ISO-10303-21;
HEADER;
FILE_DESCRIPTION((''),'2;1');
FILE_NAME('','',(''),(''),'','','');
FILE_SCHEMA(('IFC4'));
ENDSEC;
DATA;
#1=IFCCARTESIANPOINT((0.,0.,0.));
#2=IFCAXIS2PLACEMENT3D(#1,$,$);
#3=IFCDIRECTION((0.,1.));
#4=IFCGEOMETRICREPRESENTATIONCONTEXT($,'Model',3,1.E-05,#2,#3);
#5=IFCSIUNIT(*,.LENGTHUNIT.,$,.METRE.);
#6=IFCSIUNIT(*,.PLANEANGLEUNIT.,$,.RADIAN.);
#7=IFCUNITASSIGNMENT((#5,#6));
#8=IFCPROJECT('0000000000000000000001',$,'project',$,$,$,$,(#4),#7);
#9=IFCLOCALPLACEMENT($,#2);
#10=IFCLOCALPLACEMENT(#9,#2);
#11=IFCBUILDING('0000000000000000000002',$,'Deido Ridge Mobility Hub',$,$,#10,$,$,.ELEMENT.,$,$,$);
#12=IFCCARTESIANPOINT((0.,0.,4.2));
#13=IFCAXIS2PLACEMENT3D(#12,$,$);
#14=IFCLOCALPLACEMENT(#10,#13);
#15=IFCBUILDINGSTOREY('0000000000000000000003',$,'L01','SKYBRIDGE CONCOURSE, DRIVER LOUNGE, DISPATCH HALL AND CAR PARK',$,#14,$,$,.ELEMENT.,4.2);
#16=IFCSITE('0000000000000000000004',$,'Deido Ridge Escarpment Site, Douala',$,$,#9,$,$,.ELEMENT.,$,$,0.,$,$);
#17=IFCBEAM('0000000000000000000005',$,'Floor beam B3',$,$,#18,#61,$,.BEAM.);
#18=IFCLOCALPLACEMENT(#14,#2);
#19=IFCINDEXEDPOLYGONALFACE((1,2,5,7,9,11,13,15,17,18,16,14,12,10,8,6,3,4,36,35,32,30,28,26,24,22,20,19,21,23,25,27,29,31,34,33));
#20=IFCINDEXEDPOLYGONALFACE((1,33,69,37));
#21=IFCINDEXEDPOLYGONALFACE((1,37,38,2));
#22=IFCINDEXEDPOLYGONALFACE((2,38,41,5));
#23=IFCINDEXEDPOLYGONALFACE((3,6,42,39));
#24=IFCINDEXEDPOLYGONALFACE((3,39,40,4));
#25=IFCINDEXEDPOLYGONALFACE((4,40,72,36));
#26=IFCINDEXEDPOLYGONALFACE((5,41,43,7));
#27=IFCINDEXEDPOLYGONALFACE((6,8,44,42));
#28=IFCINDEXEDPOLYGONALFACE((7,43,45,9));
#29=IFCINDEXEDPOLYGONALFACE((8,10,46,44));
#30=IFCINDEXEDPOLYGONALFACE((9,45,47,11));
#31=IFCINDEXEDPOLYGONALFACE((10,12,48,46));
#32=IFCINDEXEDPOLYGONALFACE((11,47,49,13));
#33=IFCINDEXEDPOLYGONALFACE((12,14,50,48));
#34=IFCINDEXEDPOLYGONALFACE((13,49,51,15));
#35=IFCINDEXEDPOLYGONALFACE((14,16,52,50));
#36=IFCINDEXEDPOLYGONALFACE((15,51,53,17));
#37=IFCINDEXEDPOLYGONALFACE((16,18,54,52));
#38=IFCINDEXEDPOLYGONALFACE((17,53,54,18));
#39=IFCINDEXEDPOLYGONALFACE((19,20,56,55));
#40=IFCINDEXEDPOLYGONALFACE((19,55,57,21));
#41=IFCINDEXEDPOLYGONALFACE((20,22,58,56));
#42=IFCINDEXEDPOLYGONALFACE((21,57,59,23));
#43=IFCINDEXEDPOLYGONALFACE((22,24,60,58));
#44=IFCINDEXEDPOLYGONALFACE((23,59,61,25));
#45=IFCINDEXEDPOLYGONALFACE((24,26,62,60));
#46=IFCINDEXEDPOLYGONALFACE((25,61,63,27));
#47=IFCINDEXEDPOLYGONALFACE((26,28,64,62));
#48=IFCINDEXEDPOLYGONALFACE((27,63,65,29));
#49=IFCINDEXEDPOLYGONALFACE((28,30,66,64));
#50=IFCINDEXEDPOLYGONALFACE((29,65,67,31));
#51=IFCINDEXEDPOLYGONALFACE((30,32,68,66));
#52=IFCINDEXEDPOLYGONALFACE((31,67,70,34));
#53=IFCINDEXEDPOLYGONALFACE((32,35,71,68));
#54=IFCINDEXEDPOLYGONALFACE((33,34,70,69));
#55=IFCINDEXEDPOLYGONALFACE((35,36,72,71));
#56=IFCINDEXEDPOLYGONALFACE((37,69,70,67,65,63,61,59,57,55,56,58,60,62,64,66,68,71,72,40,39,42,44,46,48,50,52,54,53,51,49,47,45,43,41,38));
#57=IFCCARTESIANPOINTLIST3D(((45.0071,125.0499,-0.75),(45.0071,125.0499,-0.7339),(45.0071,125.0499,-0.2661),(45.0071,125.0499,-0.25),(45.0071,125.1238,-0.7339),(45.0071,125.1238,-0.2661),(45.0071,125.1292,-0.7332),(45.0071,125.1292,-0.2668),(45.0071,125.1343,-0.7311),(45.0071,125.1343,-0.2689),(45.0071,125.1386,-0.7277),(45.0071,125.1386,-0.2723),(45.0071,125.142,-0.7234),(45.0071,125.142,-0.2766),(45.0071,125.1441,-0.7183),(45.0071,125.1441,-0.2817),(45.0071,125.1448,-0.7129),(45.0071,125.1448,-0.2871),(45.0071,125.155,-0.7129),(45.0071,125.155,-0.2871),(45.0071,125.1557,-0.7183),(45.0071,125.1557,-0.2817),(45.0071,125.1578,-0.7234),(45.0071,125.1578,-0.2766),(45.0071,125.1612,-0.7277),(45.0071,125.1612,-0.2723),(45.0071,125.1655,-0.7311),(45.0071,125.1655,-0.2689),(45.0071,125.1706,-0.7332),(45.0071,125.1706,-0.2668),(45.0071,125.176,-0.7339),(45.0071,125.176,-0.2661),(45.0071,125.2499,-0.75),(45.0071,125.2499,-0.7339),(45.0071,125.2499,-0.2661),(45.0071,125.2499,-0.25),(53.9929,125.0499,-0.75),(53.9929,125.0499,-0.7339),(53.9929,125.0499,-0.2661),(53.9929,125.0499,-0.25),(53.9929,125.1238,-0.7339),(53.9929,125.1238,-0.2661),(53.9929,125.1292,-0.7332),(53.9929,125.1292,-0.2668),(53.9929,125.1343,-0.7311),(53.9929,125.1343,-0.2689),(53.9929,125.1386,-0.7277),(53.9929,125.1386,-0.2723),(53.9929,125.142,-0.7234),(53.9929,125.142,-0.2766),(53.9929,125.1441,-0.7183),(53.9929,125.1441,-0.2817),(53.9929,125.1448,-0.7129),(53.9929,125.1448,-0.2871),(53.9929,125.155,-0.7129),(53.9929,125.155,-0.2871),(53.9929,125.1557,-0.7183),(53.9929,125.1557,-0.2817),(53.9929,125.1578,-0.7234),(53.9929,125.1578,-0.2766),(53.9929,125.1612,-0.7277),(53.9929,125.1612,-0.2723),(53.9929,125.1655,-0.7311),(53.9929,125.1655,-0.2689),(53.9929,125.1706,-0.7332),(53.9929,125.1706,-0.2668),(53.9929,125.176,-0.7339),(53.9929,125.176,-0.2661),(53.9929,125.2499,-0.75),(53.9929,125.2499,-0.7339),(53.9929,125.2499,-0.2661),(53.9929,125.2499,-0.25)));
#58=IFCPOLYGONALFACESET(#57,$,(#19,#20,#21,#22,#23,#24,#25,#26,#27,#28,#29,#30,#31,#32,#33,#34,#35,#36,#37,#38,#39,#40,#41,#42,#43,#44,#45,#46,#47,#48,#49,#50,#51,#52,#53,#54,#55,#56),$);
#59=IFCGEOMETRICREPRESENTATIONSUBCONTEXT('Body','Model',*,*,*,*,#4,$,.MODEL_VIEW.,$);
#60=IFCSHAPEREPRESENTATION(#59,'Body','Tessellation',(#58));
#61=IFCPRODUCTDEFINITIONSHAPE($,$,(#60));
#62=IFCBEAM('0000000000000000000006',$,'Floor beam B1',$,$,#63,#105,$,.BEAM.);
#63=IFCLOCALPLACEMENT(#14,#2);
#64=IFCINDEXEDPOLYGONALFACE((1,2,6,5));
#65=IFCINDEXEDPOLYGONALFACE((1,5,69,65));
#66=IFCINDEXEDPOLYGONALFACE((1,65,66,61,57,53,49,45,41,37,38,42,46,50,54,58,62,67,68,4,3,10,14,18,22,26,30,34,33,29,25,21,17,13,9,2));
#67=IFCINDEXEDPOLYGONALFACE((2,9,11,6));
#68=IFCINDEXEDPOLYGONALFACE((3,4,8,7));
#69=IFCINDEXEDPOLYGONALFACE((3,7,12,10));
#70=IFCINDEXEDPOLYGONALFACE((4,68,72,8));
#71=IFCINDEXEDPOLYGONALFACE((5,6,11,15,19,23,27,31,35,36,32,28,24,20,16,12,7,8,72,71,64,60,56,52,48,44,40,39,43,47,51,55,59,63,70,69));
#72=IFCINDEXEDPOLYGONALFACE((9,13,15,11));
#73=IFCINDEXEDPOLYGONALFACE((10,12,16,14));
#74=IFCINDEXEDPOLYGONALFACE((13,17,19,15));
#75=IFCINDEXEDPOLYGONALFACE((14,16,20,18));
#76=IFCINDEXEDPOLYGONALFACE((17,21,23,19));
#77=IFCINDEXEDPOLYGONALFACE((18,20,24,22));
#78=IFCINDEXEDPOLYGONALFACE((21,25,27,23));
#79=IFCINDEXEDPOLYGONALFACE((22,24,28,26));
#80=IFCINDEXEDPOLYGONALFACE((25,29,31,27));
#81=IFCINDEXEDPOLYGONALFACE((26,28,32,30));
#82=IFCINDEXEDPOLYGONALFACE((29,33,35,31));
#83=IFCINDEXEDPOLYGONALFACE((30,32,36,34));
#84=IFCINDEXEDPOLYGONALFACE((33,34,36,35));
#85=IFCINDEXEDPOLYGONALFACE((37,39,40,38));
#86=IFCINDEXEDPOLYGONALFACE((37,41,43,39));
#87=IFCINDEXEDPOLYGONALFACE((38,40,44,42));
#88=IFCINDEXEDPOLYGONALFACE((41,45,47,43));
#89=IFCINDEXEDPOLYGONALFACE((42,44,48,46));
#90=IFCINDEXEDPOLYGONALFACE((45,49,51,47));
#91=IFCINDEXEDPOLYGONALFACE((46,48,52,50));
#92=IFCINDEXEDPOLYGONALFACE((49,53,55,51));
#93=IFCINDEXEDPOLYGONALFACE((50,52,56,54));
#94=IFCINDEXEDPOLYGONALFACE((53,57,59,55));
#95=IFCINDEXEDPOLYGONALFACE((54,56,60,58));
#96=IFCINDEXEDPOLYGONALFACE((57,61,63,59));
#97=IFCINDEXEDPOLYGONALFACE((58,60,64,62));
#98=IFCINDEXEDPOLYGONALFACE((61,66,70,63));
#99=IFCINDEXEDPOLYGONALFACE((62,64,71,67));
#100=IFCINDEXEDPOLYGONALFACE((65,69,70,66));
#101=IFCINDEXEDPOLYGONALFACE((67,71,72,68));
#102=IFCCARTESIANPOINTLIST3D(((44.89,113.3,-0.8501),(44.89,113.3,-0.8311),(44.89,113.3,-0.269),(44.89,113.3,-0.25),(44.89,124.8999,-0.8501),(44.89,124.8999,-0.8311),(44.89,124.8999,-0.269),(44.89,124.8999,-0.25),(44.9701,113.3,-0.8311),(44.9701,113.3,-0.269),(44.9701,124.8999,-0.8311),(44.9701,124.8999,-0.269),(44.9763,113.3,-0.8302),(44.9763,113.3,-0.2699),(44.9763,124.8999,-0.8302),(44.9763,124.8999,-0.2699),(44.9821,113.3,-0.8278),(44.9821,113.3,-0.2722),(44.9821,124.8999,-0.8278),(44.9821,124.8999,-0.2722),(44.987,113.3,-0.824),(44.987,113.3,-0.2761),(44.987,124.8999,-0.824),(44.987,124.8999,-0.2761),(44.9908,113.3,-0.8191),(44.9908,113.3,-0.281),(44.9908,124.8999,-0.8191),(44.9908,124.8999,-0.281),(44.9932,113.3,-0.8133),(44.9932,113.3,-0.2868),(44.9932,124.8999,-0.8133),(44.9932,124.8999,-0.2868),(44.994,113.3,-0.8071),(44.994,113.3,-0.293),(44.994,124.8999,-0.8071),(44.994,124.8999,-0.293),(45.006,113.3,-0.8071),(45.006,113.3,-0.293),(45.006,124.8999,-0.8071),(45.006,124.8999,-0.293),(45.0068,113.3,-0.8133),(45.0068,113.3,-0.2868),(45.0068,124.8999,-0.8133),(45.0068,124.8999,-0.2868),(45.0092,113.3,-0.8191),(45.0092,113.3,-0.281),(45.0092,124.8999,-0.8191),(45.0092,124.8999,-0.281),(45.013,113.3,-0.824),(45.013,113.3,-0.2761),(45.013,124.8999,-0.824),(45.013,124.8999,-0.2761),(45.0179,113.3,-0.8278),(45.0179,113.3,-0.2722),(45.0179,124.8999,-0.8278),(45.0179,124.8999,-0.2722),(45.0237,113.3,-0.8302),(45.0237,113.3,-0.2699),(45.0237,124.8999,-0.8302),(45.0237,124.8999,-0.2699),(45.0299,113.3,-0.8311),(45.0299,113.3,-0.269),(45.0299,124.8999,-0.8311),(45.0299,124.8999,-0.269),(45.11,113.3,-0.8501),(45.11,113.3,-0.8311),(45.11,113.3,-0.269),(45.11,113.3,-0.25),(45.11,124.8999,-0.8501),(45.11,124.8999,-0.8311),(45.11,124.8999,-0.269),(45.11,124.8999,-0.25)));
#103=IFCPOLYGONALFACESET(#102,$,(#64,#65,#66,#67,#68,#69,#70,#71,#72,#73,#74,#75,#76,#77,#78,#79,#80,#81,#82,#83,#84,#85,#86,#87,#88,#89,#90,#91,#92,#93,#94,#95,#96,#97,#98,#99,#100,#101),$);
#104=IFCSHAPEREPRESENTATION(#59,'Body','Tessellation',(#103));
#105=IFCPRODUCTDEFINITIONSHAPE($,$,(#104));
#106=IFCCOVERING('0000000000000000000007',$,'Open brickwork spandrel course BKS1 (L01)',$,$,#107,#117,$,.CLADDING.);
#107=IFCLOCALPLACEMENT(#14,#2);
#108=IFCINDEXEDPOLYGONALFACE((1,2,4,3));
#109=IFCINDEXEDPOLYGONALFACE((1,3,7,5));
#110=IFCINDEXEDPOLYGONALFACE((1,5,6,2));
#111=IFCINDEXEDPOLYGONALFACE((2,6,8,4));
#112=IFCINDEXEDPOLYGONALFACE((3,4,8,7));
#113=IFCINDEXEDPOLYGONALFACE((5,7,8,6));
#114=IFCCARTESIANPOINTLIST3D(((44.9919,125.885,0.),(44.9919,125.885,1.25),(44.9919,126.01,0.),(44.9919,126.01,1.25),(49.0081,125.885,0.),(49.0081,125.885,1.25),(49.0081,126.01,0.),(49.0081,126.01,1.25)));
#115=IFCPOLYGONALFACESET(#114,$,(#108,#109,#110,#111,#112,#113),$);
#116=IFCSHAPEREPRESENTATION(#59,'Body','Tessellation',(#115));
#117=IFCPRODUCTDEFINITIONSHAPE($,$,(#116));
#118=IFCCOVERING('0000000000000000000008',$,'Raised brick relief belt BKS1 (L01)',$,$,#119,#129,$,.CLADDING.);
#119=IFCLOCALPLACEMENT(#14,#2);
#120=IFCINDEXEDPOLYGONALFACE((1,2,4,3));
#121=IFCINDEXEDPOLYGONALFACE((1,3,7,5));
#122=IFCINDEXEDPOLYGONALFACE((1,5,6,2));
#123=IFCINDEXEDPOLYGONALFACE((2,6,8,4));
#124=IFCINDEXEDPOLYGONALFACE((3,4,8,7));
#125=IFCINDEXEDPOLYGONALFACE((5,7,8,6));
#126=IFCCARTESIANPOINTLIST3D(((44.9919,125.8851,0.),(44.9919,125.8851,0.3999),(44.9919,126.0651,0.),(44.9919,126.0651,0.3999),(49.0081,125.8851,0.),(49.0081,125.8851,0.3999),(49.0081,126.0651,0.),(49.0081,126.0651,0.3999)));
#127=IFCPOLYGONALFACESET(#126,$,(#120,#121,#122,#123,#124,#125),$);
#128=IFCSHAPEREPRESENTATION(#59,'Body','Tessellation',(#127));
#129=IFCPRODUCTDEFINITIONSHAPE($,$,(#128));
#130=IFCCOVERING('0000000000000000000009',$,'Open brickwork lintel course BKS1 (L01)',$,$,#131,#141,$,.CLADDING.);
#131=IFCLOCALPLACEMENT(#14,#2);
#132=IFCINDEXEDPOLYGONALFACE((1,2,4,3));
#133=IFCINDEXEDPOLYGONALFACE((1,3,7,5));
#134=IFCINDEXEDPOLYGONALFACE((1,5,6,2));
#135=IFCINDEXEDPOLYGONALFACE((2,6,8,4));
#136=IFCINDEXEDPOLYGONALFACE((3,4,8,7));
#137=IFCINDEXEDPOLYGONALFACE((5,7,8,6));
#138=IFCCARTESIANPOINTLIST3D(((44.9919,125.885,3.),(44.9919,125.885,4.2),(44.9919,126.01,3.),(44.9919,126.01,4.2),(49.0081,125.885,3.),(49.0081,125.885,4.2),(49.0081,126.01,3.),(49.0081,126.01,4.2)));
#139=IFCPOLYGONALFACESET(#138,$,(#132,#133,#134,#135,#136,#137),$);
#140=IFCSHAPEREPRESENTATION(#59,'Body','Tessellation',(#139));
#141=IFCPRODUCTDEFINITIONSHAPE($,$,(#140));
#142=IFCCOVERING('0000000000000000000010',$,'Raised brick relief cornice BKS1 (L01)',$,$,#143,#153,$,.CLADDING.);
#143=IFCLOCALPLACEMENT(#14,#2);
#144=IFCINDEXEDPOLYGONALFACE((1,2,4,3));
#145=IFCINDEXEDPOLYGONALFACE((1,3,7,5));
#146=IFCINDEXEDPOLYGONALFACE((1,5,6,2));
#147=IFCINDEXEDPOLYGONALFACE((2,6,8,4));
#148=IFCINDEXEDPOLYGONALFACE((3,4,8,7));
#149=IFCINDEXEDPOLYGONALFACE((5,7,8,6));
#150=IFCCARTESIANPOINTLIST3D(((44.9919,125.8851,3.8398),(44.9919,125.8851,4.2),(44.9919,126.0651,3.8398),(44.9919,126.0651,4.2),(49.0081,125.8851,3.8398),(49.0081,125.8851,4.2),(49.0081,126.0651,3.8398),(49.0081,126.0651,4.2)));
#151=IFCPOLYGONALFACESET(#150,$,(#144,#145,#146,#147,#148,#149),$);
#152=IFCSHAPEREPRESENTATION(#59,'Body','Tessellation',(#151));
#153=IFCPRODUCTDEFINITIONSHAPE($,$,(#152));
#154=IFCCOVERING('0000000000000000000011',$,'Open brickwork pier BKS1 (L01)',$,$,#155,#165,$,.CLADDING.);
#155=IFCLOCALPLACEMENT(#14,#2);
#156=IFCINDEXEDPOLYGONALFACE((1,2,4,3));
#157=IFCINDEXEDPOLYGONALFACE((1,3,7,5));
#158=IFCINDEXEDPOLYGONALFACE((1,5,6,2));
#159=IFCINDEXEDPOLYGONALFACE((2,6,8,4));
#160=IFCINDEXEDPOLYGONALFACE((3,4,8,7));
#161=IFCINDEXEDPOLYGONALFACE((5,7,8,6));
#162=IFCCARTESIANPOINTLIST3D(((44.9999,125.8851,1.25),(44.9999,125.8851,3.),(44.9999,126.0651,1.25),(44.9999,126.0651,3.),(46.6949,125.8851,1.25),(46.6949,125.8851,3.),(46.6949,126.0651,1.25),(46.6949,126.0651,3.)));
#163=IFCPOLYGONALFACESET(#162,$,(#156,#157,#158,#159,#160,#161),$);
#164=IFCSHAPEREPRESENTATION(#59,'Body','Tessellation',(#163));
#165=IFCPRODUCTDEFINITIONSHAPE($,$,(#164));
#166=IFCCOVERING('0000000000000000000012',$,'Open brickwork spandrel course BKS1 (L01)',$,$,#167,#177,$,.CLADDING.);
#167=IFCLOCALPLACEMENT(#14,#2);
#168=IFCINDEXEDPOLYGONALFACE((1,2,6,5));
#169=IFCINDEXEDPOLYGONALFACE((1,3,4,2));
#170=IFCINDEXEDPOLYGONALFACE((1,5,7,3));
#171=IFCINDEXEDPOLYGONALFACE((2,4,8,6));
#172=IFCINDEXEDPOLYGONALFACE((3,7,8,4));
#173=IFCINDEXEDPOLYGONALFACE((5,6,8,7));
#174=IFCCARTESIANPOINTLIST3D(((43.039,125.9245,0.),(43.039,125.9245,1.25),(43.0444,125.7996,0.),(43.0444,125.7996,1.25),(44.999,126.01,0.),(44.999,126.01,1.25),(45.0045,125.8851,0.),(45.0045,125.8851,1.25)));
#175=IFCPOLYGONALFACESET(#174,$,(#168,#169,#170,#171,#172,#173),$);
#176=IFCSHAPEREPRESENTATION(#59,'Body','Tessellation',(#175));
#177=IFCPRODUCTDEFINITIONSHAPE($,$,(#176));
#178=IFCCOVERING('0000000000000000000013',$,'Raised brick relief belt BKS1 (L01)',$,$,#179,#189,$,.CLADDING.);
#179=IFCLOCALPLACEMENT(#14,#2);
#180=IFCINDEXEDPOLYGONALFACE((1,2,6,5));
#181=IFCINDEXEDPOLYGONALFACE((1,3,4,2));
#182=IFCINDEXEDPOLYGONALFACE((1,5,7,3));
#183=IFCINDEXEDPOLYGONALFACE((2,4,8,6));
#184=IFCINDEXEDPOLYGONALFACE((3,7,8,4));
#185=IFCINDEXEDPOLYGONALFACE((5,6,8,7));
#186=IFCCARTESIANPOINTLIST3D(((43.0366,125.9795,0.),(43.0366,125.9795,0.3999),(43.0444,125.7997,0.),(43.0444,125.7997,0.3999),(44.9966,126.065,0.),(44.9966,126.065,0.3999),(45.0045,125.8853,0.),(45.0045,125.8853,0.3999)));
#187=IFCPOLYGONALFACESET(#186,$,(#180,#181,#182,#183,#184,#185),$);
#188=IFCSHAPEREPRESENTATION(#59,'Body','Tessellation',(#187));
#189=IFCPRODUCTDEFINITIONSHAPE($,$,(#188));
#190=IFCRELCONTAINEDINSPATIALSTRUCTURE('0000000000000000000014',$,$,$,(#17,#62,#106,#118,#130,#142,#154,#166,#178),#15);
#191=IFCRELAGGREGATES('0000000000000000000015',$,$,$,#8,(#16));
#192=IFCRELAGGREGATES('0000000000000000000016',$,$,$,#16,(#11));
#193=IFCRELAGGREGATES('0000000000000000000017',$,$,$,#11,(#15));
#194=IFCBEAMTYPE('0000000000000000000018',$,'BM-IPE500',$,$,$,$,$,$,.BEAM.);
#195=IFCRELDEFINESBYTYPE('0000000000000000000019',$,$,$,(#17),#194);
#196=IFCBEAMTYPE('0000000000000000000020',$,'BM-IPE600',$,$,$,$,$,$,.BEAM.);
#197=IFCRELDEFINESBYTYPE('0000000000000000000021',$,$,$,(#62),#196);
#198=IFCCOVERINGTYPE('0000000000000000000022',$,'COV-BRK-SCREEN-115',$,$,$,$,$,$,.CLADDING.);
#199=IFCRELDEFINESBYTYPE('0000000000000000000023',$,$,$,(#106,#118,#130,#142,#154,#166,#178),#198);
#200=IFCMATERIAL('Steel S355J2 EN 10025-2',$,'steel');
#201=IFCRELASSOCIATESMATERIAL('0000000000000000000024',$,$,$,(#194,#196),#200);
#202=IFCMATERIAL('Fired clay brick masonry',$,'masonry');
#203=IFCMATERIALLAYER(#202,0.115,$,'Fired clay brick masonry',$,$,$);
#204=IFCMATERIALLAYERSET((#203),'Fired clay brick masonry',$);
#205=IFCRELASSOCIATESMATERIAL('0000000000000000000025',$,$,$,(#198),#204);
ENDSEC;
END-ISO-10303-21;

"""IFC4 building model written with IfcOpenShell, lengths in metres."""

from ifc_helpers import new_model, si_unit, direction, frame, origin, origin_2d, place, context, subcontext, project, spatial, rectangle, i_section, extrude, material, layer, layer_set, material_profile, profile_set, type_object, element, save


model = new_model("IFC4")

# Units and contexts
model_context = context("Model", 3, precision=1e-05, world=origin(), true_north=direction((0.0, 1.0)))
body_context = subcontext(model_context, "Body", "Model", "MODEL_VIEW")
ifc_project = project(units=[si_unit("LENGTHUNIT", "METRE"), si_unit("PLANEANGLEUNIT", "RADIAN")], contexts=[model_context])

# Site, building, storey
site_placement = place(None, origin())
site = spatial("IfcSite", under=ifc_project, at=site_placement, Name="Deido Ridge Escarpment Site, Douala", CompositionType="ELEMENT", RefElevation=0.0)
building_placement = place(site_placement, origin())
building = spatial("IfcBuilding", under=site, at=building_placement, Name="Deido Ridge Mobility Hub", CompositionType="ELEMENT")
storey_placement = place(building_placement, frame((0.0, 0.0, 4.2)))
storey = spatial("IfcBuildingStorey", under=building, at=storey_placement, Name="L01", Description="SKYBRIDGE CONCOURSE, DRIVER LOUNGE, DISPATCH HALL AND CAR PARK", CompositionType="ELEMENT", Elevation=4.2)

# Shared definitions
ifc_material_1 = material(Name="Steel S355J2 EN 10025-2", Category="steel")

# Beams
ifc_material_profile_1 = material_profile(ifc_material_1, i_section(OverallWidth=0.2, OverallDepth=0.5, WebThickness=0.0103, FlangeThickness=0.0161, FilletRadius=0.021, at=origin_2d()), Name="IPE 500")
ifc_profile_set_1 = profile_set([ifc_material_profile_1], Name="Steel S355J2 EN 10025-2")
beam_type_1 = type_object("IfcBeamType", Name="BM-IPE500", PredefinedType="BEAM", material=ifc_profile_set_1)
beam_1_placement = place(storey_placement, frame((45.0071, 125.1499, -0.5), z_axis=(1.0, 0.0, 0.0), x_axis=(0.0, 1.0, 0.0)))
element("IfcBeam", 1, at=beam_1_placement, inside=storey, type_object=beam_type_1, Name="Floor beam B3", PredefinedType="BEAM", context=body_context, shape_type="SweptSolid", body=[
    extrude(i_section(OverallWidth=0.2, OverallDepth=0.5, WebThickness=0.0103, FlangeThickness=0.0161, FilletRadius=0.021, at=origin_2d()), origin(), (0.0, 0.0, 1.0), 8.9858),
])
ifc_material_profile_2 = material_profile(ifc_material_1, i_section(OverallWidth=0.22, OverallDepth=0.6001, WebThickness=0.012, FlangeThickness=0.019, FilletRadius=0.0239, at=origin_2d()), Name="IPE 600")
ifc_profile_set_2 = profile_set([ifc_material_profile_2], Name="Steel S355J2 EN 10025-2")
beam_type_2 = type_object("IfcBeamType", Name="BM-IPE600", PredefinedType="BEAM", material=ifc_profile_set_2)
beam_2_placement = place(storey_placement, frame((45.0, 113.3, -0.55), z_axis=(0.0, 1.0, 0.0), x_axis=(-1.0, 0.0, 0.0)))
element("IfcBeam", 2, at=beam_2_placement, inside=storey, type_object=beam_type_2, Name="Floor beam B1", PredefinedType="BEAM", context=body_context, shape_type="SweptSolid", body=[
    extrude(i_section(OverallWidth=0.22, OverallDepth=0.6001, WebThickness=0.012, FlangeThickness=0.019, FilletRadius=0.0239, at=origin_2d()), origin(), (0.0, 0.0, 1.0), 11.5999),
])

# Coverings
ifc_material_2 = material(Name="Fired clay brick masonry", Category="masonry")
ifc_layer = layer(ifc_material_2, 0.115, Name="Fired clay brick masonry")
ifc_layer_set = layer_set([ifc_layer], Name="Fired clay brick masonry")
covering_type = type_object("IfcCoveringType", Name="COV-BRK-SCREEN-115", PredefinedType="CLADDING", material=ifc_layer_set)
covering_1_placement = place(storey_placement, frame((47.0, 125.9475, 0.0), z_axis=(0.0, 0.0, 1.0), x_axis=(-1.0, 0.0, 0.0)))
element("IfcCovering", 3, at=covering_1_placement, inside=storey, type_object=covering_type, Name="Open brickwork spandrel course BKS1 (L01)", PredefinedType="CLADDING", context=body_context, shape_type="SweptSolid", body=[
    extrude(rectangle(XDim=4.0161, YDim=0.125, at=origin_2d()), origin(), (0.0, 0.0, 1.0), 1.25),
])
covering_2_placement = place(storey_placement, frame((47.0, 125.9751, 0.0), z_axis=(0.0, 0.0, 1.0), x_axis=(-1.0, 0.0, 0.0)))
element("IfcCovering", 4, at=covering_2_placement, inside=storey, type_object=covering_type, Name="Raised brick relief belt BKS1 (L01)", PredefinedType="CLADDING", context=body_context, shape_type="SweptSolid", body=[
    extrude(rectangle(XDim=4.0161, YDim=0.1799, at=origin_2d()), origin(), (0.0, 0.0, 1.0), 0.3999),
])
covering_3_placement = place(storey_placement, frame((47.0, 125.9475, 3.0), z_axis=(0.0, 0.0, 1.0), x_axis=(-1.0, 0.0, 0.0)))
element("IfcCovering", 5, at=covering_3_placement, inside=storey, type_object=covering_type, Name="Open brickwork lintel course BKS1 (L01)", PredefinedType="CLADDING", context=body_context, shape_type="SweptSolid", body=[
    extrude(rectangle(XDim=4.0161, YDim=0.125, at=origin_2d()), origin(), (0.0, 0.0, 1.0), 1.2),
])
covering_4_placement = place(storey_placement, frame((47.0, 125.9751, 3.8398), z_axis=(0.0, 0.0, 1.0), x_axis=(-1.0, 0.0, 0.0)))
element("IfcCovering", 6, at=covering_4_placement, inside=storey, type_object=covering_type, Name="Raised brick relief cornice BKS1 (L01)", PredefinedType="CLADDING", context=body_context, shape_type="SweptSolid", body=[
    extrude(rectangle(XDim=4.0161, YDim=0.1799, at=origin_2d()), origin(), (0.0, 0.0, 1.0), 0.3601),
])
covering_5_placement = place(storey_placement, frame((45.8474, 125.9751, 1.25), z_axis=(0.0, 0.0, 1.0), x_axis=(-1.0, 0.0, 0.0)))
element("IfcCovering", 7, at=covering_5_placement, inside=storey, type_object=covering_type, Name="Open brickwork pier BKS1 (L01)", PredefinedType="CLADDING", context=body_context, shape_type="SweptSolid", body=[
    extrude(rectangle(XDim=1.6951, YDim=0.1799, at=origin_2d()), origin(), (0.0, 0.0, 1.0), 1.75),
])
covering_6_placement = place(storey_placement, frame((44.0217, 125.9048, 0.0), z_axis=(0.0, 0.0, 1.0), x_axis=(-0.999049, -0.043602, 0.0)))
element("IfcCovering", 8, at=covering_6_placement, inside=storey, type_object=covering_type, Name="Open brickwork spandrel course BKS1 (L01)", PredefinedType="CLADDING", context=body_context, shape_type="SweptSolid", body=[
    extrude(rectangle(XDim=1.9619, YDim=0.125, at=origin_2d()), origin(), (0.0, 0.0, 1.0), 1.25),
])
covering_7_placement = place(storey_placement, frame((44.0205, 125.9324, 0.0), z_axis=(0.0, 0.0, 1.0), x_axis=(-0.999049, -0.043602, 0.0)))
element("IfcCovering", 9, at=covering_7_placement, inside=storey, type_object=covering_type, Name="Raised brick relief belt BKS1 (L01)", PredefinedType="CLADDING", context=body_context, shape_type="SweptSolid", body=[
    extrude(rectangle(XDim=1.9619, YDim=0.1799, at=origin_2d()), origin(), (0.0, 0.0, 1.0), 0.3999),
])

save(model, "model.ifc")
